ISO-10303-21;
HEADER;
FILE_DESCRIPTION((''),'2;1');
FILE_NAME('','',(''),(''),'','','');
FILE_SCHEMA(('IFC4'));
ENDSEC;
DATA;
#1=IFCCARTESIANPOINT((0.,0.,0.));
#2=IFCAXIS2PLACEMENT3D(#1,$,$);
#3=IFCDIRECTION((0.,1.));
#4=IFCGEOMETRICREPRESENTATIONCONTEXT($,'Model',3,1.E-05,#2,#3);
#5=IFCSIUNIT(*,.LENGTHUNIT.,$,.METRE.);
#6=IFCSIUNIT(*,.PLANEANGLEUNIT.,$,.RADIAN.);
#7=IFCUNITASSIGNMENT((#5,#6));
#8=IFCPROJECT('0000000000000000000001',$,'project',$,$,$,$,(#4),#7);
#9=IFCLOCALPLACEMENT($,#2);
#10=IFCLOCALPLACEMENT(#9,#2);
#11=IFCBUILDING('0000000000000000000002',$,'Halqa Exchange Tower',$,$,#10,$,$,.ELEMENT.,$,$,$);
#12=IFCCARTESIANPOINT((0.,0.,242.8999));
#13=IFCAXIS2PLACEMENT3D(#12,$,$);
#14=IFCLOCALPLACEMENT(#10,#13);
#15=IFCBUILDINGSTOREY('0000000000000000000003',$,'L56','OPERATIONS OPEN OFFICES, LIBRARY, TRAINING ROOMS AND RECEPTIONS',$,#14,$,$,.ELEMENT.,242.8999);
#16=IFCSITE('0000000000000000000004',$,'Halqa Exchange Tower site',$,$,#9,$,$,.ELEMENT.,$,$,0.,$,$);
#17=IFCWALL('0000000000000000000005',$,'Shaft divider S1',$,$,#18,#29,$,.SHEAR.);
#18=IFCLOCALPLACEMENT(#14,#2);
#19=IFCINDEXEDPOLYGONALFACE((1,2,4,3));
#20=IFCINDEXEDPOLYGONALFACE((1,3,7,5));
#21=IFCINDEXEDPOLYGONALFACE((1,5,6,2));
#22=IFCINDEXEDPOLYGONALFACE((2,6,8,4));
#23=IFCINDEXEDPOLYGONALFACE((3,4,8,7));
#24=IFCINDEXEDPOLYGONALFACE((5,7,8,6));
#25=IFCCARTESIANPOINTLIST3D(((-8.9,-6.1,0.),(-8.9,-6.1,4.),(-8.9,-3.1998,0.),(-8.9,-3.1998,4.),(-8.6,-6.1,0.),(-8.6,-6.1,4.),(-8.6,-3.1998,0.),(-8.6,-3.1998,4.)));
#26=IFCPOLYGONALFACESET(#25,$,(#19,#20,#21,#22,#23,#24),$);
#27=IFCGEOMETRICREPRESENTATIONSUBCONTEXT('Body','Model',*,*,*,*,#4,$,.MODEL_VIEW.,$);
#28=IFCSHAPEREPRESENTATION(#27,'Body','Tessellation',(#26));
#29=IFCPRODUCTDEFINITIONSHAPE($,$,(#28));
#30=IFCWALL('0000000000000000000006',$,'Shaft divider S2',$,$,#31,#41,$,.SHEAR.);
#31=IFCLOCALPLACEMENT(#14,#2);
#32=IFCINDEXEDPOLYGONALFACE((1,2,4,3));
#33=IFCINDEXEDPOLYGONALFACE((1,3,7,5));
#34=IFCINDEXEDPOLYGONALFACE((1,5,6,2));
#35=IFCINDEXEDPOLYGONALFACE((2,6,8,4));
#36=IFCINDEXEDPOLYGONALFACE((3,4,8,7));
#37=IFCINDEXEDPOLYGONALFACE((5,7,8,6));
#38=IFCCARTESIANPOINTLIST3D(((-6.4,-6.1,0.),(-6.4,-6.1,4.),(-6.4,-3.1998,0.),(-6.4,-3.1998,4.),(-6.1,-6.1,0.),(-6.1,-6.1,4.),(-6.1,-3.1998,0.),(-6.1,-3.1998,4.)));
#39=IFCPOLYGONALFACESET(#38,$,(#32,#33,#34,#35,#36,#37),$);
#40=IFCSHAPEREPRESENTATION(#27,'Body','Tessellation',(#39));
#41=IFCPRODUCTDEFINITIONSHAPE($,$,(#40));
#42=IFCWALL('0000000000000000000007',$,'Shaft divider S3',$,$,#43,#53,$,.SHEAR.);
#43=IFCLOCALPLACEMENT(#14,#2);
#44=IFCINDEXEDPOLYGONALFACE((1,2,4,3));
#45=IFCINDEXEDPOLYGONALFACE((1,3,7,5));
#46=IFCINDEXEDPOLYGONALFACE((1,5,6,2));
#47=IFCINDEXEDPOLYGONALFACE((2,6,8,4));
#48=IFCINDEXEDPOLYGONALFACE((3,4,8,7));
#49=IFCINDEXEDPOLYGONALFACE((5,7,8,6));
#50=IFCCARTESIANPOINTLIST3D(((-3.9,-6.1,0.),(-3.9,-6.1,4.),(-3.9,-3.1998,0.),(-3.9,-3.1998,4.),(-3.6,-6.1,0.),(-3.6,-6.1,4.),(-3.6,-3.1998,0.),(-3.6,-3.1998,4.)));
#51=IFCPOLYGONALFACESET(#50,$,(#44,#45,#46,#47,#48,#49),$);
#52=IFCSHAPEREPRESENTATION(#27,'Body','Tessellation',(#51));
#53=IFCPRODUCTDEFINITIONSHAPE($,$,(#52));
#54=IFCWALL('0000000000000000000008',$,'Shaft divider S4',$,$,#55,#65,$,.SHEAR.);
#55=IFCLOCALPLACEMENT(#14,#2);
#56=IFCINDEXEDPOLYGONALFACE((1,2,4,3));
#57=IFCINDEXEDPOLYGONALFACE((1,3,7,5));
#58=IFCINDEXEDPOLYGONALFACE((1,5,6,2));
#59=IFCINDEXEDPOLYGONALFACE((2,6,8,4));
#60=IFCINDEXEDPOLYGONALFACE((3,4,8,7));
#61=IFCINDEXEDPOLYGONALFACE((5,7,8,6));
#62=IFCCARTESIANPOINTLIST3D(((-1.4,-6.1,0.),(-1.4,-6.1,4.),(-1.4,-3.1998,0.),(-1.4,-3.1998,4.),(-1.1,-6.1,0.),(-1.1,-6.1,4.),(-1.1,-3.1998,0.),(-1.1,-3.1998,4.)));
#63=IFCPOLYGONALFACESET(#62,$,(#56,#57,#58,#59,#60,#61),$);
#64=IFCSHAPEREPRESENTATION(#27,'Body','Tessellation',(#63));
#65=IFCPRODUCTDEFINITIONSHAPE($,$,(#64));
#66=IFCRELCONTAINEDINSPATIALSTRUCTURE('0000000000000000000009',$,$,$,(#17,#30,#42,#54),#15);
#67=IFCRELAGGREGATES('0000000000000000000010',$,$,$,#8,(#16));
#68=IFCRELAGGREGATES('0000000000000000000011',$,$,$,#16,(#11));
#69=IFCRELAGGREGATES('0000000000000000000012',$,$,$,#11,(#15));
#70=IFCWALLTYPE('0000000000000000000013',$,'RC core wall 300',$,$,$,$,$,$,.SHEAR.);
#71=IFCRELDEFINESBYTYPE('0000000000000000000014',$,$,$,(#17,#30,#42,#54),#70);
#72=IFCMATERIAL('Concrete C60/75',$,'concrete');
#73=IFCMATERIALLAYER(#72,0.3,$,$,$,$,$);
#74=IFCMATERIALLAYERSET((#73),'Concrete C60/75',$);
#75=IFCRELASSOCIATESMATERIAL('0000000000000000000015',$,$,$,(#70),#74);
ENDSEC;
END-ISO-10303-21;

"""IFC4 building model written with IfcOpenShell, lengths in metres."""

from ifc_helpers import new_model, si_unit, direction, frame, frame_2d, origin, place, context, subcontext, project, spatial, rectangle, extrude, material, layer, layer_set, type_object, element, save


model = new_model("IFC4")

# Units and contexts
model_context = context("Model", 3, precision=1e-05, world=origin(), true_north=direction((0.0, 1.0)))
body_context = subcontext(model_context, "Body", "Model", "MODEL_VIEW")
ifc_project = project(units=[si_unit("LENGTHUNIT", "METRE"), si_unit("PLANEANGLEUNIT", "RADIAN")], contexts=[model_context])

# Site, building, storey
site_placement = place(None, origin())
site = spatial("IfcSite", under=ifc_project, at=site_placement, Name="Halqa Exchange Tower site", CompositionType="ELEMENT", RefElevation=0.0)
building_placement = place(site_placement, origin())
building = spatial("IfcBuilding", under=site, at=building_placement, Name="Halqa Exchange Tower", CompositionType="ELEMENT")
storey_placement = place(building_placement, frame((0.0, 0.0, 242.8999)))
storey = spatial("IfcBuildingStorey", under=building, at=storey_placement, Name="L56", Description="OPERATIONS OPEN OFFICES, LIBRARY, TRAINING ROOMS AND RECEPTIONS", CompositionType="ELEMENT", Elevation=242.8999)

# Walls
ifc_material_1 = material(Name="Concrete C60/75", Category="concrete")
ifc_layer_1 = layer(ifc_material_1, 0.3)
ifc_layer_set_1 = layer_set([ifc_layer_1], Name="Concrete C60/75")
wall_type_1 = type_object("IfcWallType", Name="RC core wall 300", PredefinedType="SHEAR", material=ifc_layer_set_1)
for number, where, z_axis, x_axis, name in (
    (1, (-8.75, -6.1001, 0.0), (0.0, 0.0, 1.0), (0.0, 1.0, 0.0), "Shaft divider S1"),
    (2, (-6.25, -6.1001, 0.0), (0.0, 0.0, 1.0), (0.0, 1.0, 0.0), "Shaft divider S2"),
    (3, (-3.75, -6.1001, 0.0), (0.0, 0.0, 1.0), (0.0, 1.0, 0.0), "Shaft divider S3"),
    (4, (-1.25, -6.1001, 0.0), (0.0, 0.0, 1.0), (0.0, 1.0, 0.0), "Shaft divider S4"),
):
    element("IfcWall", number, at=place(storey_placement, frame(where, z_axis=z_axis, x_axis=x_axis)), inside=storey, type_object=wall_type_1, Name=name, PredefinedType="SHEAR", context=body_context, shape_type="SweptSolid", body=[
        extrude(rectangle(XDim=2.9001, YDim=0.3, at=frame_2d((1.4502, 0.0))), origin(), (0.0, 0.0, 1.0), 4.0),
    ])

save(model, "model.ifc")
